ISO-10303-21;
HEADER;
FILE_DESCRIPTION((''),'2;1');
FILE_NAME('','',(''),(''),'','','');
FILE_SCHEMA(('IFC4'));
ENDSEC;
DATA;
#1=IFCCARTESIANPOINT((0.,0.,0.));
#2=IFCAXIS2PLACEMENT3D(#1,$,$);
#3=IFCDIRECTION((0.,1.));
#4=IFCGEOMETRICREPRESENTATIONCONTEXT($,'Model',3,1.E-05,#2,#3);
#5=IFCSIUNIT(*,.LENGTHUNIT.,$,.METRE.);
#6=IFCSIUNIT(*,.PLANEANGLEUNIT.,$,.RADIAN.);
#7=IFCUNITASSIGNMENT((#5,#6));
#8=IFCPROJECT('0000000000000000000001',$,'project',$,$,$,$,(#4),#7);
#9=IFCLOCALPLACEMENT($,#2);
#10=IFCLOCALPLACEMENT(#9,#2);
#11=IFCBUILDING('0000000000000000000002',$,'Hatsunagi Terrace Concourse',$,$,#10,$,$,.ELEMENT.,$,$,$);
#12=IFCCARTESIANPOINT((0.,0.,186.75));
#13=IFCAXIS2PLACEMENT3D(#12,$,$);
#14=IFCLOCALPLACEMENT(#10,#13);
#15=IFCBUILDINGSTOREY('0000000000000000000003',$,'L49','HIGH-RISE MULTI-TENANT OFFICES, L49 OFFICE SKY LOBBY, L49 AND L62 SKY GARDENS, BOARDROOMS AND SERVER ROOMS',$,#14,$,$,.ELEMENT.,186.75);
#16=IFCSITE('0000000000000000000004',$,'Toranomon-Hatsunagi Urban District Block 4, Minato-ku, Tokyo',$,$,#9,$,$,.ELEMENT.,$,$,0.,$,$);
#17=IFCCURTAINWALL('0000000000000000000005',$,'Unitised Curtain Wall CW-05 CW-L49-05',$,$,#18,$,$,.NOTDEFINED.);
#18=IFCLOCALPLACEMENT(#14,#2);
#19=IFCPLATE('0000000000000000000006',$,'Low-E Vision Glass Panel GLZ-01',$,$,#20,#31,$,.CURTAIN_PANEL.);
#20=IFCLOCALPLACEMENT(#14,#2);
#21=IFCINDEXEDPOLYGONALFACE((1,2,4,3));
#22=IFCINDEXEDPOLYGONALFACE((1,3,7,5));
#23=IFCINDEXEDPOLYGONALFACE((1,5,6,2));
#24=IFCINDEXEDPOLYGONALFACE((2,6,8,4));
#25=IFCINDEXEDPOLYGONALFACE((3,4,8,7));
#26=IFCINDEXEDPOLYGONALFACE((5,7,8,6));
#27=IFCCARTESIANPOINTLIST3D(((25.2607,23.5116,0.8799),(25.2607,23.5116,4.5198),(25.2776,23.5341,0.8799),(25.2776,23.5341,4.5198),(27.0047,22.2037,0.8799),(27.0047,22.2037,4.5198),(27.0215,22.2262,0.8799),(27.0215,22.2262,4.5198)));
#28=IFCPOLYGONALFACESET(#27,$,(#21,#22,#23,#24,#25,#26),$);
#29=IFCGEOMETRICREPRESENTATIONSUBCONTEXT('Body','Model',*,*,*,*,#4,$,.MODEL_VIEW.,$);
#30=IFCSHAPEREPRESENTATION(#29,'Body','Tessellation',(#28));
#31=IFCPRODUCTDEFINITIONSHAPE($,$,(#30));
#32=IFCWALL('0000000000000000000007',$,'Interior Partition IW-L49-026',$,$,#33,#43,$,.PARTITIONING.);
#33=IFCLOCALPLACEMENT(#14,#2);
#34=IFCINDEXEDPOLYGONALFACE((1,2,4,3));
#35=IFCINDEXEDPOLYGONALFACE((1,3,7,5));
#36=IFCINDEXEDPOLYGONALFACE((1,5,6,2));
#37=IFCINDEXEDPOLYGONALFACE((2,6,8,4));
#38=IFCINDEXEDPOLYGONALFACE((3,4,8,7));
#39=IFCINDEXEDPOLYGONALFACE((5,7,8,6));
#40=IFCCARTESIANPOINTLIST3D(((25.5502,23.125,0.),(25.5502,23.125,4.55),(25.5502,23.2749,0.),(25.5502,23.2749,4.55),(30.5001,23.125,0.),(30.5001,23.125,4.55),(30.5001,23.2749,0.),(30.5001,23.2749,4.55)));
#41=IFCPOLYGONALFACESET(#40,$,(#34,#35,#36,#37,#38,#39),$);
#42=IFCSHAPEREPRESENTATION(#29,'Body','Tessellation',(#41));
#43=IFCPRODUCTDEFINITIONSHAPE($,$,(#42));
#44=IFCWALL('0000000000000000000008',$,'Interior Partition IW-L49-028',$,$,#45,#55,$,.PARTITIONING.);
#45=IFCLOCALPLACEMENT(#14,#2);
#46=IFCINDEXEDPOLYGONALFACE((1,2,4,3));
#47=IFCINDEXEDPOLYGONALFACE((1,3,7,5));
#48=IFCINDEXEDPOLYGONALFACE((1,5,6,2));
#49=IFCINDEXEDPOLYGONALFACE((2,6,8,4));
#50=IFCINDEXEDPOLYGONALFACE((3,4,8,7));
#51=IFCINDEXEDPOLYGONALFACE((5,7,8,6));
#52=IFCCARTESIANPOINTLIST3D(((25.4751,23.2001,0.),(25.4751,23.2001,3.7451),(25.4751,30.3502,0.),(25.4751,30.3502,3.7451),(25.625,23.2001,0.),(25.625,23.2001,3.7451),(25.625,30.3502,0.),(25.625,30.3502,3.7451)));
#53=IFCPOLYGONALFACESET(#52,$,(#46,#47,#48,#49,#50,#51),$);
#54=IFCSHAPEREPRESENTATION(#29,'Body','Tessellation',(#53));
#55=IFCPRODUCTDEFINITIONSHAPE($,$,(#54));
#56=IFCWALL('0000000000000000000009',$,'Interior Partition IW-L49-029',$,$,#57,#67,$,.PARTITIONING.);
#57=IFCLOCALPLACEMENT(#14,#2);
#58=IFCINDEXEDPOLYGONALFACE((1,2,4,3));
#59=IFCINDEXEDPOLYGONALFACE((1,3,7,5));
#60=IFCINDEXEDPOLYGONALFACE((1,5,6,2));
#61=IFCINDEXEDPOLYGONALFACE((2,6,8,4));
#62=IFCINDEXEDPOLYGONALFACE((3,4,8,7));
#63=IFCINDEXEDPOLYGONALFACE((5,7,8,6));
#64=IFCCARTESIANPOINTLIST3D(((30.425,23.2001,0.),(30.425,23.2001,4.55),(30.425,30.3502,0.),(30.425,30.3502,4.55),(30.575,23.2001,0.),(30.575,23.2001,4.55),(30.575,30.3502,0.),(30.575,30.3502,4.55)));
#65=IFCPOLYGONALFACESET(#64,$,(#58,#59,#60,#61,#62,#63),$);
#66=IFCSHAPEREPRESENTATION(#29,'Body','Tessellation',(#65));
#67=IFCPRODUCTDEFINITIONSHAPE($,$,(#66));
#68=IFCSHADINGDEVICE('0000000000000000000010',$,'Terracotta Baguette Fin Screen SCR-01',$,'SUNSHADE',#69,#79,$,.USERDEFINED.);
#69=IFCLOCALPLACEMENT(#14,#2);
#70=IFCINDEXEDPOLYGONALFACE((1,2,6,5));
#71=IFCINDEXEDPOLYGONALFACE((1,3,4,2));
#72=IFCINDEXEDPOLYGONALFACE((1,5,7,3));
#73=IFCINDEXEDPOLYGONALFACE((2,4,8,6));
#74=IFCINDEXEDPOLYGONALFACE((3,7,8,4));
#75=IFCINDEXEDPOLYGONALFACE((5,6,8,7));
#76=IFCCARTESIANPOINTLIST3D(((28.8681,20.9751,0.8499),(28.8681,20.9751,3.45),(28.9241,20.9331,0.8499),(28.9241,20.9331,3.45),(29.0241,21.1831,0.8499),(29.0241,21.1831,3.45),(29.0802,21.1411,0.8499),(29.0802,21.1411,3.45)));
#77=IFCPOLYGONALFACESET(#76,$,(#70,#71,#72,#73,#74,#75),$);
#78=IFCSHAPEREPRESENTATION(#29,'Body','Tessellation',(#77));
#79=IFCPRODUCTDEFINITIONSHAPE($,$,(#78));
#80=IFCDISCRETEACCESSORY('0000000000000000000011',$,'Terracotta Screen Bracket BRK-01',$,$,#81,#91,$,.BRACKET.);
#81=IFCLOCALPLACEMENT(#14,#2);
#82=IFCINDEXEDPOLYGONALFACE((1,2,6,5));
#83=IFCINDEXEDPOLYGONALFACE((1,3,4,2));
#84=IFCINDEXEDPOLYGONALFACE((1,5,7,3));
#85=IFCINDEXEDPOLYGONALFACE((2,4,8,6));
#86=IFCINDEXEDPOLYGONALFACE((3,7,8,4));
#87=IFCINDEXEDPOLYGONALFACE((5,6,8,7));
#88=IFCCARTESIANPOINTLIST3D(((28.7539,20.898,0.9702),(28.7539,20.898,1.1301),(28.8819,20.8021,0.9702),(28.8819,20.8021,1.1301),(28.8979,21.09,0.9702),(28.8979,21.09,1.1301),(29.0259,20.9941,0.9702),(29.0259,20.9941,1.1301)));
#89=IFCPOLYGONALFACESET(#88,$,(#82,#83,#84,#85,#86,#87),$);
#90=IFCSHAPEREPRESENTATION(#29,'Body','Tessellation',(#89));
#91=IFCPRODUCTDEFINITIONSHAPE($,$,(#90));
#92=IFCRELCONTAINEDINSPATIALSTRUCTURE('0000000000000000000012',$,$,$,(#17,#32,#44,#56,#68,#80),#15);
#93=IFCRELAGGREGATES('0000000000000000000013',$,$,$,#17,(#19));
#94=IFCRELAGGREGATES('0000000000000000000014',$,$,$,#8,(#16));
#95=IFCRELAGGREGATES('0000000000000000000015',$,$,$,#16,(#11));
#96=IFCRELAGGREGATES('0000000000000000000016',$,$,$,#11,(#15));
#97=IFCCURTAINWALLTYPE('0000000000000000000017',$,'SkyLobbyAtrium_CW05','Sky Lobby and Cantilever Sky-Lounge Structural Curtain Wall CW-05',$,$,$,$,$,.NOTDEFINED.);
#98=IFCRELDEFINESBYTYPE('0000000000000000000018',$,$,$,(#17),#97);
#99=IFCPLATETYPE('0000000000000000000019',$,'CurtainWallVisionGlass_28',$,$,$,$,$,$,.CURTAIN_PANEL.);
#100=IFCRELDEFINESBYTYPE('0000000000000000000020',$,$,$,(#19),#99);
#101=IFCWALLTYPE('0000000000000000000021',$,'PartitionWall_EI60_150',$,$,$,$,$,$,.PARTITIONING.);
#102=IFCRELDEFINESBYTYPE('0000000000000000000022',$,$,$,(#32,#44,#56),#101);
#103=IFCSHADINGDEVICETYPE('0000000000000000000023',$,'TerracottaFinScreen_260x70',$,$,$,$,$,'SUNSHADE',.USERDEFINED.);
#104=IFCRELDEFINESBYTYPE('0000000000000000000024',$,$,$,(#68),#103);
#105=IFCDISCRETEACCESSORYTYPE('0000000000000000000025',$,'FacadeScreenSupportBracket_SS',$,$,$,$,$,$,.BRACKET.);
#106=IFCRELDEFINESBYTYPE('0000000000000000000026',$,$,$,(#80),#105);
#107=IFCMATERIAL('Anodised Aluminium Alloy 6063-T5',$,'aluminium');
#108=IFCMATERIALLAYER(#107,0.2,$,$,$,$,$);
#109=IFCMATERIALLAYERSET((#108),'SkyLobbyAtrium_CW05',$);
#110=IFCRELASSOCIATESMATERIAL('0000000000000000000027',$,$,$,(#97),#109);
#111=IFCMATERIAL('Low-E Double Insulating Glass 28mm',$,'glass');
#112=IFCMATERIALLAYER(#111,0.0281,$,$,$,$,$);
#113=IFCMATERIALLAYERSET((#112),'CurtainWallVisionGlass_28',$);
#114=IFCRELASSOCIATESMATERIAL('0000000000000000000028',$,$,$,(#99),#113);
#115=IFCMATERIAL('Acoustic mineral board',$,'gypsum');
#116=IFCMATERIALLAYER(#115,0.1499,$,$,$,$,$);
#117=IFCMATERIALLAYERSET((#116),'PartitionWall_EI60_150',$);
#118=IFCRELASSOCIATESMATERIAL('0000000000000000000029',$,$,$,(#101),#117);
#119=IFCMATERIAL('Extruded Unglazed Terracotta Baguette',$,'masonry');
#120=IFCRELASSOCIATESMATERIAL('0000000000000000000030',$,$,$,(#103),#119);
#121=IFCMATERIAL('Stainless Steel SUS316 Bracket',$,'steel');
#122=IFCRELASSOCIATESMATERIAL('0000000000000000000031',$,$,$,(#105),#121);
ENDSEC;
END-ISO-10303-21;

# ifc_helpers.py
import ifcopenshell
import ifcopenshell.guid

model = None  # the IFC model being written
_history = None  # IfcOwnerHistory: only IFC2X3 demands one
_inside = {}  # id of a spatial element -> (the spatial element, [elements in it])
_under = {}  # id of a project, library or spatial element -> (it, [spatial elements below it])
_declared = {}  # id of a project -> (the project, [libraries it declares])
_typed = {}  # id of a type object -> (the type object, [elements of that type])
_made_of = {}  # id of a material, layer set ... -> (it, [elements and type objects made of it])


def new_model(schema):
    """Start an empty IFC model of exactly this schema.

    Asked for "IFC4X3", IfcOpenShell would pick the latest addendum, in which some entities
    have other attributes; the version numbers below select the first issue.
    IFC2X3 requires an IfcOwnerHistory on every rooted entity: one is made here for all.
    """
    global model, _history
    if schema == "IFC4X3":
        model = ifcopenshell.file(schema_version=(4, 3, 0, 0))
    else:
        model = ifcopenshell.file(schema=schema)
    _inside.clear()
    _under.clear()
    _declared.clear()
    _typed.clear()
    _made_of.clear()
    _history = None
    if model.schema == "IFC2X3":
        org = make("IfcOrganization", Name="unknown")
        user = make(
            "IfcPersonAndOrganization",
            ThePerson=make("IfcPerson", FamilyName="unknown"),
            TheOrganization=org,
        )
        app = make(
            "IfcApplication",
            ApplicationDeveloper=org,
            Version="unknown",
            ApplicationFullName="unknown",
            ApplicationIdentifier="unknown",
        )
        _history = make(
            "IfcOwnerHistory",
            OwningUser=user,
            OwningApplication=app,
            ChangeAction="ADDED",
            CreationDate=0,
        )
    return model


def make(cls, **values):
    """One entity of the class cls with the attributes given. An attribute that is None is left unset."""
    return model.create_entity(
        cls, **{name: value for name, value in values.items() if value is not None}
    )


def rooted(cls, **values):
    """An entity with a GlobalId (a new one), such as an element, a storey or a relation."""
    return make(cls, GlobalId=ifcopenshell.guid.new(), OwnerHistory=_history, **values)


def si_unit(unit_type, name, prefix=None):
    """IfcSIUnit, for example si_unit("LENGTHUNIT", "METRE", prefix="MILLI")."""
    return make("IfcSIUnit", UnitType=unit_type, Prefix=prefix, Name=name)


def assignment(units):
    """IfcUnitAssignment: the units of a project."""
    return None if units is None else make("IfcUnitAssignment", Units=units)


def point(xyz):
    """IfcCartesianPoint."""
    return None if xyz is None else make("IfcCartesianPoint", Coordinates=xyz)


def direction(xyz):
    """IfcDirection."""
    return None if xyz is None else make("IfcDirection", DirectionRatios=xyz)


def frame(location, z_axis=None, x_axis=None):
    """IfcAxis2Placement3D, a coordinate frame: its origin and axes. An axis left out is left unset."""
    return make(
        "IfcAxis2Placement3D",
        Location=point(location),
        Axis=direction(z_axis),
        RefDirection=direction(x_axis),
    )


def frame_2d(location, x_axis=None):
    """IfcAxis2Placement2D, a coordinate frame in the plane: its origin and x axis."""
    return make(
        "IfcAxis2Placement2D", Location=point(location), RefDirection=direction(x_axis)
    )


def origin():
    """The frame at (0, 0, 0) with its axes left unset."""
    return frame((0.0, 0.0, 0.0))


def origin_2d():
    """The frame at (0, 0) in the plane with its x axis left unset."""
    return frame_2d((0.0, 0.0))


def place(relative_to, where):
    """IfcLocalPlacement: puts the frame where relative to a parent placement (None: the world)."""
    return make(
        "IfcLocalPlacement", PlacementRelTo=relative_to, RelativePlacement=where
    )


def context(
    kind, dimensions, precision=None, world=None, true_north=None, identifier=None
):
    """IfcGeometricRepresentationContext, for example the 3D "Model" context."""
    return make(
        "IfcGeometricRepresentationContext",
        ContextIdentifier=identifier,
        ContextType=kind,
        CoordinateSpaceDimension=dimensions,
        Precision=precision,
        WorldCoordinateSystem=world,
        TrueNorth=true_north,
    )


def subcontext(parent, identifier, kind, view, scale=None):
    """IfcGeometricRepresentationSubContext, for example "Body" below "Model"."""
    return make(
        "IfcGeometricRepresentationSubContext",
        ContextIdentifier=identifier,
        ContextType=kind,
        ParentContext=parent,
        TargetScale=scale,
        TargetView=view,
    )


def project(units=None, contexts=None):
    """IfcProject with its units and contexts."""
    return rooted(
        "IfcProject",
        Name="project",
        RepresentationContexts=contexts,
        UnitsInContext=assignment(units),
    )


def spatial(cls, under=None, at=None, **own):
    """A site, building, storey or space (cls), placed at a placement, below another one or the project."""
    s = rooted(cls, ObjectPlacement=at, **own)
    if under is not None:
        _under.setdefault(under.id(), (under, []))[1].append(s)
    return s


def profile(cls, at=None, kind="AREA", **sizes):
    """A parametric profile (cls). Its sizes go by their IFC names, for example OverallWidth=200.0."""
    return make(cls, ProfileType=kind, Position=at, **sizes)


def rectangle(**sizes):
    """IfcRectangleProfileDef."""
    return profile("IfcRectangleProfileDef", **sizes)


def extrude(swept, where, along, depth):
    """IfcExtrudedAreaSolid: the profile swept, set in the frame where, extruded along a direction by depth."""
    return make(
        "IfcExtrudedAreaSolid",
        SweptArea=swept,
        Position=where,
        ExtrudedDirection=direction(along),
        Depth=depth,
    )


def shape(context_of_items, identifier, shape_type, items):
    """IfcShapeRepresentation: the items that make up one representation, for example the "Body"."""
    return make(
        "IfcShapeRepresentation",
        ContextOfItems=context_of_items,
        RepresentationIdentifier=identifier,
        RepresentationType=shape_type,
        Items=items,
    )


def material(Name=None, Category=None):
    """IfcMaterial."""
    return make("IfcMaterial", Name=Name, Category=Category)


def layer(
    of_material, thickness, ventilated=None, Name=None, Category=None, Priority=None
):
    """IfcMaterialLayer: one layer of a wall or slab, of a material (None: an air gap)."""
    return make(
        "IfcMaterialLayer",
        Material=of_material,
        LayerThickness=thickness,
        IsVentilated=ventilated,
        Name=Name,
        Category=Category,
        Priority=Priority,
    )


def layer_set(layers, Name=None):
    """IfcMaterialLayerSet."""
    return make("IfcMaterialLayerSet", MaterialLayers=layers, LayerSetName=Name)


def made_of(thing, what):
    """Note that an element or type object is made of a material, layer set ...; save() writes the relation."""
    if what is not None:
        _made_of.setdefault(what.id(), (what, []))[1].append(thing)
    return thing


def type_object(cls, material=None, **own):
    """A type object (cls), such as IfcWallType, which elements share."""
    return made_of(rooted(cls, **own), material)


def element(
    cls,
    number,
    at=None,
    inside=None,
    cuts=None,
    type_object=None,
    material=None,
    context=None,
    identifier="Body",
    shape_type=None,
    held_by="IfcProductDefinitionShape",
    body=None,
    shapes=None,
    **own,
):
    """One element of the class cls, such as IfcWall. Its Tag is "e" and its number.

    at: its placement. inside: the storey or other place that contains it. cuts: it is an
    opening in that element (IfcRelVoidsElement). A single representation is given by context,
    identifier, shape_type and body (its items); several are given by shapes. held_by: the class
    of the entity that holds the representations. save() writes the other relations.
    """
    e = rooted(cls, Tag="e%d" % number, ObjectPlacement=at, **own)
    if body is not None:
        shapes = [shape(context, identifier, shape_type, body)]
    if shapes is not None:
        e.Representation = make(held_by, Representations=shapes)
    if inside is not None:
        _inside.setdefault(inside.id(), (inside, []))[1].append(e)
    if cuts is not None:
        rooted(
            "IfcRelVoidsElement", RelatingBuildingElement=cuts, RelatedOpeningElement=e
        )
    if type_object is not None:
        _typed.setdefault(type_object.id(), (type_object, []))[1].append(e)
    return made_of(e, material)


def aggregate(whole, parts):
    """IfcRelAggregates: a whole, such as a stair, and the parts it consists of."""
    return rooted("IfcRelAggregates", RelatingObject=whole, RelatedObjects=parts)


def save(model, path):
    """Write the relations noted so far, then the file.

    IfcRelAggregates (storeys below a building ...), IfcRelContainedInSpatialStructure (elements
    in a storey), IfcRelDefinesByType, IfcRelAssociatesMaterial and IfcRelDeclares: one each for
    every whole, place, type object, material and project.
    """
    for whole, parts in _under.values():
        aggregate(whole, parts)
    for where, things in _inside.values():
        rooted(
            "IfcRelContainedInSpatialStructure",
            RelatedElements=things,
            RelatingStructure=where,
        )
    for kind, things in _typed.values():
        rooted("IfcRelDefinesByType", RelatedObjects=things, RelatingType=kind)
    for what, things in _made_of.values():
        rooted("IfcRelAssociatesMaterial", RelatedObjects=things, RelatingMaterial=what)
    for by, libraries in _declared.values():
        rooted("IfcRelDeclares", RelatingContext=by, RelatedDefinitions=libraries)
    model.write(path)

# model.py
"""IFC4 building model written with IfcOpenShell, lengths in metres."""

from ifc_helpers import new_model, si_unit, direction, frame, frame_2d, origin, origin_2d, place, context, subcontext, project, spatial, rectangle, extrude, material, layer, layer_set, type_object, element, aggregate, save


model = new_model("IFC4")

# Units and contexts
model_context = context("Model", 3, precision=1e-05, world=origin(), true_north=direction((0.0, 1.0)))
body_context = subcontext(model_context, "Body", "Model", "MODEL_VIEW")
ifc_project = project(units=[si_unit("LENGTHUNIT", "METRE"), si_unit("PLANEANGLEUNIT", "RADIAN")], contexts=[model_context])

# Site, building, storey
site_placement = place(None, origin())
site = spatial("IfcSite", under=ifc_project, at=site_placement, Name="Toranomon-Hatsunagi Urban District Block 4, Minato-ku, Tokyo", CompositionType="ELEMENT", RefElevation=0.0)
building_placement = place(site_placement, origin())
building = spatial("IfcBuilding", under=site, at=building_placement, Name="Hatsunagi Terrace Concourse", CompositionType="ELEMENT")
storey_placement = place(building_placement, frame((0.0, 0.0, 186.75)))
storey = spatial("IfcBuildingStorey", under=building, at=storey_placement, Name="L49", Description="HIGH-RISE MULTI-TENANT OFFICES, L49 OFFICE SKY LOBBY, L49 AND L62 SKY GARDENS, BOARDROOMS AND SERVER ROOMS", CompositionType="ELEMENT", Elevation=186.75)

# Curtain wall, plate
ifc_material_1 = material(Name="Anodised Aluminium Alloy 6063-T5", Category="aluminium")
ifc_layer_1 = layer(ifc_material_1, 0.2)
ifc_layer_set_1 = layer_set([ifc_layer_1], Name="SkyLobbyAtrium_CW05")
curtain_wall_type = type_object("IfcCurtainWallType", Name="SkyLobbyAtrium_CW05", Description="Sky Lobby and Cantilever Sky-Lounge Structural Curtain Wall CW-05", PredefinedType="NOTDEFINED", material=ifc_layer_set_1)
curtain_wall_placement = place(storey_placement, origin())
curtain_wall = element("IfcCurtainWall", 1, at=curtain_wall_placement, inside=storey, type_object=curtain_wall_type, Name="Unitised Curtain Wall CW-05 CW-L49-05", PredefinedType="NOTDEFINED")
ifc_material_2 = material(Name="Low-E Double Insulating Glass 28mm", Category="glass")
ifc_layer_2 = layer(ifc_material_2, 0.0281)
ifc_layer_set_2 = layer_set([ifc_layer_2], Name="CurtainWallVisionGlass_28")
plate_type_1 = type_object("IfcPlateType", Name="CurtainWallVisionGlass_28", PredefinedType="CURTAIN_PANEL", material=ifc_layer_set_2)
plate_1_placement = place(storey_placement, frame((26.1411, 22.8689, 0.8799), z_axis=(0.0, 0.0, 1.0), x_axis=(-0.800005, 0.599993, 0.0)))
plate_1 = element("IfcPlate", 2, at=plate_1_placement, type_object=plate_type_1, Name="Low-E Vision Glass Panel GLZ-01", PredefinedType="CURTAIN_PANEL", context=body_context, shape_type="SweptSolid", body=[
    extrude(rectangle(XDim=2.1799, YDim=0.0281, at=origin_2d()), origin(), (0.0, 0.0, 1.0), 3.6399),
])
aggregate(curtain_wall, [plate_1])

# Walls
ifc_material_3 = material(Name="Acoustic mineral board", Category="gypsum")
ifc_layer_3 = layer(ifc_material_3, 0.1499)
ifc_layer_set_3 = layer_set([ifc_layer_3], Name="PartitionWall_EI60_150")
wall_type = type_object("IfcWallType", Name="PartitionWall_EI60_150", PredefinedType="PARTITIONING", material=ifc_layer_set_3)
wall_1_placement = place(storey_placement, frame((25.55, 23.2, 0.0), z_axis=(0.0, 0.0, 1.0), x_axis=(1.0, 0.0, 0.0)))
element("IfcWall", 3, at=wall_1_placement, inside=storey, type_object=wall_type, Name="Interior Partition IW-L49-026", PredefinedType="PARTITIONING", context=body_context, shape_type="SweptSolid", body=[
    extrude(rectangle(XDim=4.95, YDim=0.1499, at=frame_2d((2.4751, 0.0))), origin(), (0.0, 0.0, 1.0), 4.55),
])
wall_2_placement = place(storey_placement, frame((25.55, 23.2, 0.0), z_axis=(0.0, 0.0, 1.0), x_axis=(0.0, 1.0, 0.0)))
element("IfcWall", 4, at=wall_2_placement, inside=storey, type_object=wall_type, Name="Interior Partition IW-L49-028", PredefinedType="PARTITIONING", context=body_context, shape_type="SweptSolid", body=[
    extrude(rectangle(XDim=7.1501, YDim=0.1499, at=frame_2d((3.5752, 0.0))), origin(), (0.0, 0.0, 1.0), 3.7451),
])
wall_3_placement = place(storey_placement, frame((30.5, 23.2, 0.0), z_axis=(0.0, 0.0, 1.0), x_axis=(0.0, 1.0, 0.0)))
element("IfcWall", 5, at=wall_3_placement, inside=storey, type_object=wall_type, Name="Interior Partition IW-L49-029", PredefinedType="PARTITIONING", context=body_context, shape_type="SweptSolid", body=[
    extrude(rectangle(XDim=7.1501, YDim=0.1499, at=frame_2d((3.5752, 0.0))), origin(), (0.0, 0.0, 1.0), 4.55),
])

# Shading device
ifc_material_4 = material(Name="Extruded Unglazed Terracotta Baguette", Category="masonry")
shading_device_type = type_object("IfcShadingDeviceType", Name="TerracottaFinScreen_260x70", ElementType="SUNSHADE", PredefinedType="USERDEFINED", material=ifc_material_4)
shading_device_placement = place(storey_placement, frame((28.9741, 21.0581, 0.8499), z_axis=(0.0, 0.0, 1.0), x_axis=(-0.800005, 0.599993, 0.0)))
element("IfcShadingDevice", 6, at=shading_device_placement, inside=storey, type_object=shading_device_type, Name="Terracotta Baguette Fin Screen SCR-01", ObjectType="SUNSHADE", PredefinedType="USERDEFINED", context=body_context, shape_type="SweptSolid", body=[
    extrude(rectangle(XDim=0.0701, YDim=0.26, at=origin_2d()), origin(), (0.0, 0.0, 1.0), 2.6001),
])

# Discrete accessory
ifc_material_5 = material(Name="Stainless Steel SUS316 Bracket", Category="steel")
discrete_accessory_type = type_object("IfcDiscreteAccessoryType", Name="FacadeScreenSupportBracket_SS", PredefinedType="BRACKET", material=ifc_material_5)
discrete_accessory_placement = place(storey_placement, frame((28.8899, 20.946, 0.9702), z_axis=(0.0, 0.0, 1.0), x_axis=(-0.800005, 0.599993, 0.0)))
element("IfcDiscreteAccessory", 7, at=discrete_accessory_placement, inside=storey, type_object=discrete_accessory_type, Name="Terracotta Screen Bracket BRK-01", PredefinedType="BRACKET", context=body_context, shape_type="SweptSolid", body=[
    extrude(rectangle(XDim=0.1599, YDim=0.24, at=origin_2d()), origin(), (0.0, 0.0, 1.0), 0.1599),
])

save(model, "model.ifc")
